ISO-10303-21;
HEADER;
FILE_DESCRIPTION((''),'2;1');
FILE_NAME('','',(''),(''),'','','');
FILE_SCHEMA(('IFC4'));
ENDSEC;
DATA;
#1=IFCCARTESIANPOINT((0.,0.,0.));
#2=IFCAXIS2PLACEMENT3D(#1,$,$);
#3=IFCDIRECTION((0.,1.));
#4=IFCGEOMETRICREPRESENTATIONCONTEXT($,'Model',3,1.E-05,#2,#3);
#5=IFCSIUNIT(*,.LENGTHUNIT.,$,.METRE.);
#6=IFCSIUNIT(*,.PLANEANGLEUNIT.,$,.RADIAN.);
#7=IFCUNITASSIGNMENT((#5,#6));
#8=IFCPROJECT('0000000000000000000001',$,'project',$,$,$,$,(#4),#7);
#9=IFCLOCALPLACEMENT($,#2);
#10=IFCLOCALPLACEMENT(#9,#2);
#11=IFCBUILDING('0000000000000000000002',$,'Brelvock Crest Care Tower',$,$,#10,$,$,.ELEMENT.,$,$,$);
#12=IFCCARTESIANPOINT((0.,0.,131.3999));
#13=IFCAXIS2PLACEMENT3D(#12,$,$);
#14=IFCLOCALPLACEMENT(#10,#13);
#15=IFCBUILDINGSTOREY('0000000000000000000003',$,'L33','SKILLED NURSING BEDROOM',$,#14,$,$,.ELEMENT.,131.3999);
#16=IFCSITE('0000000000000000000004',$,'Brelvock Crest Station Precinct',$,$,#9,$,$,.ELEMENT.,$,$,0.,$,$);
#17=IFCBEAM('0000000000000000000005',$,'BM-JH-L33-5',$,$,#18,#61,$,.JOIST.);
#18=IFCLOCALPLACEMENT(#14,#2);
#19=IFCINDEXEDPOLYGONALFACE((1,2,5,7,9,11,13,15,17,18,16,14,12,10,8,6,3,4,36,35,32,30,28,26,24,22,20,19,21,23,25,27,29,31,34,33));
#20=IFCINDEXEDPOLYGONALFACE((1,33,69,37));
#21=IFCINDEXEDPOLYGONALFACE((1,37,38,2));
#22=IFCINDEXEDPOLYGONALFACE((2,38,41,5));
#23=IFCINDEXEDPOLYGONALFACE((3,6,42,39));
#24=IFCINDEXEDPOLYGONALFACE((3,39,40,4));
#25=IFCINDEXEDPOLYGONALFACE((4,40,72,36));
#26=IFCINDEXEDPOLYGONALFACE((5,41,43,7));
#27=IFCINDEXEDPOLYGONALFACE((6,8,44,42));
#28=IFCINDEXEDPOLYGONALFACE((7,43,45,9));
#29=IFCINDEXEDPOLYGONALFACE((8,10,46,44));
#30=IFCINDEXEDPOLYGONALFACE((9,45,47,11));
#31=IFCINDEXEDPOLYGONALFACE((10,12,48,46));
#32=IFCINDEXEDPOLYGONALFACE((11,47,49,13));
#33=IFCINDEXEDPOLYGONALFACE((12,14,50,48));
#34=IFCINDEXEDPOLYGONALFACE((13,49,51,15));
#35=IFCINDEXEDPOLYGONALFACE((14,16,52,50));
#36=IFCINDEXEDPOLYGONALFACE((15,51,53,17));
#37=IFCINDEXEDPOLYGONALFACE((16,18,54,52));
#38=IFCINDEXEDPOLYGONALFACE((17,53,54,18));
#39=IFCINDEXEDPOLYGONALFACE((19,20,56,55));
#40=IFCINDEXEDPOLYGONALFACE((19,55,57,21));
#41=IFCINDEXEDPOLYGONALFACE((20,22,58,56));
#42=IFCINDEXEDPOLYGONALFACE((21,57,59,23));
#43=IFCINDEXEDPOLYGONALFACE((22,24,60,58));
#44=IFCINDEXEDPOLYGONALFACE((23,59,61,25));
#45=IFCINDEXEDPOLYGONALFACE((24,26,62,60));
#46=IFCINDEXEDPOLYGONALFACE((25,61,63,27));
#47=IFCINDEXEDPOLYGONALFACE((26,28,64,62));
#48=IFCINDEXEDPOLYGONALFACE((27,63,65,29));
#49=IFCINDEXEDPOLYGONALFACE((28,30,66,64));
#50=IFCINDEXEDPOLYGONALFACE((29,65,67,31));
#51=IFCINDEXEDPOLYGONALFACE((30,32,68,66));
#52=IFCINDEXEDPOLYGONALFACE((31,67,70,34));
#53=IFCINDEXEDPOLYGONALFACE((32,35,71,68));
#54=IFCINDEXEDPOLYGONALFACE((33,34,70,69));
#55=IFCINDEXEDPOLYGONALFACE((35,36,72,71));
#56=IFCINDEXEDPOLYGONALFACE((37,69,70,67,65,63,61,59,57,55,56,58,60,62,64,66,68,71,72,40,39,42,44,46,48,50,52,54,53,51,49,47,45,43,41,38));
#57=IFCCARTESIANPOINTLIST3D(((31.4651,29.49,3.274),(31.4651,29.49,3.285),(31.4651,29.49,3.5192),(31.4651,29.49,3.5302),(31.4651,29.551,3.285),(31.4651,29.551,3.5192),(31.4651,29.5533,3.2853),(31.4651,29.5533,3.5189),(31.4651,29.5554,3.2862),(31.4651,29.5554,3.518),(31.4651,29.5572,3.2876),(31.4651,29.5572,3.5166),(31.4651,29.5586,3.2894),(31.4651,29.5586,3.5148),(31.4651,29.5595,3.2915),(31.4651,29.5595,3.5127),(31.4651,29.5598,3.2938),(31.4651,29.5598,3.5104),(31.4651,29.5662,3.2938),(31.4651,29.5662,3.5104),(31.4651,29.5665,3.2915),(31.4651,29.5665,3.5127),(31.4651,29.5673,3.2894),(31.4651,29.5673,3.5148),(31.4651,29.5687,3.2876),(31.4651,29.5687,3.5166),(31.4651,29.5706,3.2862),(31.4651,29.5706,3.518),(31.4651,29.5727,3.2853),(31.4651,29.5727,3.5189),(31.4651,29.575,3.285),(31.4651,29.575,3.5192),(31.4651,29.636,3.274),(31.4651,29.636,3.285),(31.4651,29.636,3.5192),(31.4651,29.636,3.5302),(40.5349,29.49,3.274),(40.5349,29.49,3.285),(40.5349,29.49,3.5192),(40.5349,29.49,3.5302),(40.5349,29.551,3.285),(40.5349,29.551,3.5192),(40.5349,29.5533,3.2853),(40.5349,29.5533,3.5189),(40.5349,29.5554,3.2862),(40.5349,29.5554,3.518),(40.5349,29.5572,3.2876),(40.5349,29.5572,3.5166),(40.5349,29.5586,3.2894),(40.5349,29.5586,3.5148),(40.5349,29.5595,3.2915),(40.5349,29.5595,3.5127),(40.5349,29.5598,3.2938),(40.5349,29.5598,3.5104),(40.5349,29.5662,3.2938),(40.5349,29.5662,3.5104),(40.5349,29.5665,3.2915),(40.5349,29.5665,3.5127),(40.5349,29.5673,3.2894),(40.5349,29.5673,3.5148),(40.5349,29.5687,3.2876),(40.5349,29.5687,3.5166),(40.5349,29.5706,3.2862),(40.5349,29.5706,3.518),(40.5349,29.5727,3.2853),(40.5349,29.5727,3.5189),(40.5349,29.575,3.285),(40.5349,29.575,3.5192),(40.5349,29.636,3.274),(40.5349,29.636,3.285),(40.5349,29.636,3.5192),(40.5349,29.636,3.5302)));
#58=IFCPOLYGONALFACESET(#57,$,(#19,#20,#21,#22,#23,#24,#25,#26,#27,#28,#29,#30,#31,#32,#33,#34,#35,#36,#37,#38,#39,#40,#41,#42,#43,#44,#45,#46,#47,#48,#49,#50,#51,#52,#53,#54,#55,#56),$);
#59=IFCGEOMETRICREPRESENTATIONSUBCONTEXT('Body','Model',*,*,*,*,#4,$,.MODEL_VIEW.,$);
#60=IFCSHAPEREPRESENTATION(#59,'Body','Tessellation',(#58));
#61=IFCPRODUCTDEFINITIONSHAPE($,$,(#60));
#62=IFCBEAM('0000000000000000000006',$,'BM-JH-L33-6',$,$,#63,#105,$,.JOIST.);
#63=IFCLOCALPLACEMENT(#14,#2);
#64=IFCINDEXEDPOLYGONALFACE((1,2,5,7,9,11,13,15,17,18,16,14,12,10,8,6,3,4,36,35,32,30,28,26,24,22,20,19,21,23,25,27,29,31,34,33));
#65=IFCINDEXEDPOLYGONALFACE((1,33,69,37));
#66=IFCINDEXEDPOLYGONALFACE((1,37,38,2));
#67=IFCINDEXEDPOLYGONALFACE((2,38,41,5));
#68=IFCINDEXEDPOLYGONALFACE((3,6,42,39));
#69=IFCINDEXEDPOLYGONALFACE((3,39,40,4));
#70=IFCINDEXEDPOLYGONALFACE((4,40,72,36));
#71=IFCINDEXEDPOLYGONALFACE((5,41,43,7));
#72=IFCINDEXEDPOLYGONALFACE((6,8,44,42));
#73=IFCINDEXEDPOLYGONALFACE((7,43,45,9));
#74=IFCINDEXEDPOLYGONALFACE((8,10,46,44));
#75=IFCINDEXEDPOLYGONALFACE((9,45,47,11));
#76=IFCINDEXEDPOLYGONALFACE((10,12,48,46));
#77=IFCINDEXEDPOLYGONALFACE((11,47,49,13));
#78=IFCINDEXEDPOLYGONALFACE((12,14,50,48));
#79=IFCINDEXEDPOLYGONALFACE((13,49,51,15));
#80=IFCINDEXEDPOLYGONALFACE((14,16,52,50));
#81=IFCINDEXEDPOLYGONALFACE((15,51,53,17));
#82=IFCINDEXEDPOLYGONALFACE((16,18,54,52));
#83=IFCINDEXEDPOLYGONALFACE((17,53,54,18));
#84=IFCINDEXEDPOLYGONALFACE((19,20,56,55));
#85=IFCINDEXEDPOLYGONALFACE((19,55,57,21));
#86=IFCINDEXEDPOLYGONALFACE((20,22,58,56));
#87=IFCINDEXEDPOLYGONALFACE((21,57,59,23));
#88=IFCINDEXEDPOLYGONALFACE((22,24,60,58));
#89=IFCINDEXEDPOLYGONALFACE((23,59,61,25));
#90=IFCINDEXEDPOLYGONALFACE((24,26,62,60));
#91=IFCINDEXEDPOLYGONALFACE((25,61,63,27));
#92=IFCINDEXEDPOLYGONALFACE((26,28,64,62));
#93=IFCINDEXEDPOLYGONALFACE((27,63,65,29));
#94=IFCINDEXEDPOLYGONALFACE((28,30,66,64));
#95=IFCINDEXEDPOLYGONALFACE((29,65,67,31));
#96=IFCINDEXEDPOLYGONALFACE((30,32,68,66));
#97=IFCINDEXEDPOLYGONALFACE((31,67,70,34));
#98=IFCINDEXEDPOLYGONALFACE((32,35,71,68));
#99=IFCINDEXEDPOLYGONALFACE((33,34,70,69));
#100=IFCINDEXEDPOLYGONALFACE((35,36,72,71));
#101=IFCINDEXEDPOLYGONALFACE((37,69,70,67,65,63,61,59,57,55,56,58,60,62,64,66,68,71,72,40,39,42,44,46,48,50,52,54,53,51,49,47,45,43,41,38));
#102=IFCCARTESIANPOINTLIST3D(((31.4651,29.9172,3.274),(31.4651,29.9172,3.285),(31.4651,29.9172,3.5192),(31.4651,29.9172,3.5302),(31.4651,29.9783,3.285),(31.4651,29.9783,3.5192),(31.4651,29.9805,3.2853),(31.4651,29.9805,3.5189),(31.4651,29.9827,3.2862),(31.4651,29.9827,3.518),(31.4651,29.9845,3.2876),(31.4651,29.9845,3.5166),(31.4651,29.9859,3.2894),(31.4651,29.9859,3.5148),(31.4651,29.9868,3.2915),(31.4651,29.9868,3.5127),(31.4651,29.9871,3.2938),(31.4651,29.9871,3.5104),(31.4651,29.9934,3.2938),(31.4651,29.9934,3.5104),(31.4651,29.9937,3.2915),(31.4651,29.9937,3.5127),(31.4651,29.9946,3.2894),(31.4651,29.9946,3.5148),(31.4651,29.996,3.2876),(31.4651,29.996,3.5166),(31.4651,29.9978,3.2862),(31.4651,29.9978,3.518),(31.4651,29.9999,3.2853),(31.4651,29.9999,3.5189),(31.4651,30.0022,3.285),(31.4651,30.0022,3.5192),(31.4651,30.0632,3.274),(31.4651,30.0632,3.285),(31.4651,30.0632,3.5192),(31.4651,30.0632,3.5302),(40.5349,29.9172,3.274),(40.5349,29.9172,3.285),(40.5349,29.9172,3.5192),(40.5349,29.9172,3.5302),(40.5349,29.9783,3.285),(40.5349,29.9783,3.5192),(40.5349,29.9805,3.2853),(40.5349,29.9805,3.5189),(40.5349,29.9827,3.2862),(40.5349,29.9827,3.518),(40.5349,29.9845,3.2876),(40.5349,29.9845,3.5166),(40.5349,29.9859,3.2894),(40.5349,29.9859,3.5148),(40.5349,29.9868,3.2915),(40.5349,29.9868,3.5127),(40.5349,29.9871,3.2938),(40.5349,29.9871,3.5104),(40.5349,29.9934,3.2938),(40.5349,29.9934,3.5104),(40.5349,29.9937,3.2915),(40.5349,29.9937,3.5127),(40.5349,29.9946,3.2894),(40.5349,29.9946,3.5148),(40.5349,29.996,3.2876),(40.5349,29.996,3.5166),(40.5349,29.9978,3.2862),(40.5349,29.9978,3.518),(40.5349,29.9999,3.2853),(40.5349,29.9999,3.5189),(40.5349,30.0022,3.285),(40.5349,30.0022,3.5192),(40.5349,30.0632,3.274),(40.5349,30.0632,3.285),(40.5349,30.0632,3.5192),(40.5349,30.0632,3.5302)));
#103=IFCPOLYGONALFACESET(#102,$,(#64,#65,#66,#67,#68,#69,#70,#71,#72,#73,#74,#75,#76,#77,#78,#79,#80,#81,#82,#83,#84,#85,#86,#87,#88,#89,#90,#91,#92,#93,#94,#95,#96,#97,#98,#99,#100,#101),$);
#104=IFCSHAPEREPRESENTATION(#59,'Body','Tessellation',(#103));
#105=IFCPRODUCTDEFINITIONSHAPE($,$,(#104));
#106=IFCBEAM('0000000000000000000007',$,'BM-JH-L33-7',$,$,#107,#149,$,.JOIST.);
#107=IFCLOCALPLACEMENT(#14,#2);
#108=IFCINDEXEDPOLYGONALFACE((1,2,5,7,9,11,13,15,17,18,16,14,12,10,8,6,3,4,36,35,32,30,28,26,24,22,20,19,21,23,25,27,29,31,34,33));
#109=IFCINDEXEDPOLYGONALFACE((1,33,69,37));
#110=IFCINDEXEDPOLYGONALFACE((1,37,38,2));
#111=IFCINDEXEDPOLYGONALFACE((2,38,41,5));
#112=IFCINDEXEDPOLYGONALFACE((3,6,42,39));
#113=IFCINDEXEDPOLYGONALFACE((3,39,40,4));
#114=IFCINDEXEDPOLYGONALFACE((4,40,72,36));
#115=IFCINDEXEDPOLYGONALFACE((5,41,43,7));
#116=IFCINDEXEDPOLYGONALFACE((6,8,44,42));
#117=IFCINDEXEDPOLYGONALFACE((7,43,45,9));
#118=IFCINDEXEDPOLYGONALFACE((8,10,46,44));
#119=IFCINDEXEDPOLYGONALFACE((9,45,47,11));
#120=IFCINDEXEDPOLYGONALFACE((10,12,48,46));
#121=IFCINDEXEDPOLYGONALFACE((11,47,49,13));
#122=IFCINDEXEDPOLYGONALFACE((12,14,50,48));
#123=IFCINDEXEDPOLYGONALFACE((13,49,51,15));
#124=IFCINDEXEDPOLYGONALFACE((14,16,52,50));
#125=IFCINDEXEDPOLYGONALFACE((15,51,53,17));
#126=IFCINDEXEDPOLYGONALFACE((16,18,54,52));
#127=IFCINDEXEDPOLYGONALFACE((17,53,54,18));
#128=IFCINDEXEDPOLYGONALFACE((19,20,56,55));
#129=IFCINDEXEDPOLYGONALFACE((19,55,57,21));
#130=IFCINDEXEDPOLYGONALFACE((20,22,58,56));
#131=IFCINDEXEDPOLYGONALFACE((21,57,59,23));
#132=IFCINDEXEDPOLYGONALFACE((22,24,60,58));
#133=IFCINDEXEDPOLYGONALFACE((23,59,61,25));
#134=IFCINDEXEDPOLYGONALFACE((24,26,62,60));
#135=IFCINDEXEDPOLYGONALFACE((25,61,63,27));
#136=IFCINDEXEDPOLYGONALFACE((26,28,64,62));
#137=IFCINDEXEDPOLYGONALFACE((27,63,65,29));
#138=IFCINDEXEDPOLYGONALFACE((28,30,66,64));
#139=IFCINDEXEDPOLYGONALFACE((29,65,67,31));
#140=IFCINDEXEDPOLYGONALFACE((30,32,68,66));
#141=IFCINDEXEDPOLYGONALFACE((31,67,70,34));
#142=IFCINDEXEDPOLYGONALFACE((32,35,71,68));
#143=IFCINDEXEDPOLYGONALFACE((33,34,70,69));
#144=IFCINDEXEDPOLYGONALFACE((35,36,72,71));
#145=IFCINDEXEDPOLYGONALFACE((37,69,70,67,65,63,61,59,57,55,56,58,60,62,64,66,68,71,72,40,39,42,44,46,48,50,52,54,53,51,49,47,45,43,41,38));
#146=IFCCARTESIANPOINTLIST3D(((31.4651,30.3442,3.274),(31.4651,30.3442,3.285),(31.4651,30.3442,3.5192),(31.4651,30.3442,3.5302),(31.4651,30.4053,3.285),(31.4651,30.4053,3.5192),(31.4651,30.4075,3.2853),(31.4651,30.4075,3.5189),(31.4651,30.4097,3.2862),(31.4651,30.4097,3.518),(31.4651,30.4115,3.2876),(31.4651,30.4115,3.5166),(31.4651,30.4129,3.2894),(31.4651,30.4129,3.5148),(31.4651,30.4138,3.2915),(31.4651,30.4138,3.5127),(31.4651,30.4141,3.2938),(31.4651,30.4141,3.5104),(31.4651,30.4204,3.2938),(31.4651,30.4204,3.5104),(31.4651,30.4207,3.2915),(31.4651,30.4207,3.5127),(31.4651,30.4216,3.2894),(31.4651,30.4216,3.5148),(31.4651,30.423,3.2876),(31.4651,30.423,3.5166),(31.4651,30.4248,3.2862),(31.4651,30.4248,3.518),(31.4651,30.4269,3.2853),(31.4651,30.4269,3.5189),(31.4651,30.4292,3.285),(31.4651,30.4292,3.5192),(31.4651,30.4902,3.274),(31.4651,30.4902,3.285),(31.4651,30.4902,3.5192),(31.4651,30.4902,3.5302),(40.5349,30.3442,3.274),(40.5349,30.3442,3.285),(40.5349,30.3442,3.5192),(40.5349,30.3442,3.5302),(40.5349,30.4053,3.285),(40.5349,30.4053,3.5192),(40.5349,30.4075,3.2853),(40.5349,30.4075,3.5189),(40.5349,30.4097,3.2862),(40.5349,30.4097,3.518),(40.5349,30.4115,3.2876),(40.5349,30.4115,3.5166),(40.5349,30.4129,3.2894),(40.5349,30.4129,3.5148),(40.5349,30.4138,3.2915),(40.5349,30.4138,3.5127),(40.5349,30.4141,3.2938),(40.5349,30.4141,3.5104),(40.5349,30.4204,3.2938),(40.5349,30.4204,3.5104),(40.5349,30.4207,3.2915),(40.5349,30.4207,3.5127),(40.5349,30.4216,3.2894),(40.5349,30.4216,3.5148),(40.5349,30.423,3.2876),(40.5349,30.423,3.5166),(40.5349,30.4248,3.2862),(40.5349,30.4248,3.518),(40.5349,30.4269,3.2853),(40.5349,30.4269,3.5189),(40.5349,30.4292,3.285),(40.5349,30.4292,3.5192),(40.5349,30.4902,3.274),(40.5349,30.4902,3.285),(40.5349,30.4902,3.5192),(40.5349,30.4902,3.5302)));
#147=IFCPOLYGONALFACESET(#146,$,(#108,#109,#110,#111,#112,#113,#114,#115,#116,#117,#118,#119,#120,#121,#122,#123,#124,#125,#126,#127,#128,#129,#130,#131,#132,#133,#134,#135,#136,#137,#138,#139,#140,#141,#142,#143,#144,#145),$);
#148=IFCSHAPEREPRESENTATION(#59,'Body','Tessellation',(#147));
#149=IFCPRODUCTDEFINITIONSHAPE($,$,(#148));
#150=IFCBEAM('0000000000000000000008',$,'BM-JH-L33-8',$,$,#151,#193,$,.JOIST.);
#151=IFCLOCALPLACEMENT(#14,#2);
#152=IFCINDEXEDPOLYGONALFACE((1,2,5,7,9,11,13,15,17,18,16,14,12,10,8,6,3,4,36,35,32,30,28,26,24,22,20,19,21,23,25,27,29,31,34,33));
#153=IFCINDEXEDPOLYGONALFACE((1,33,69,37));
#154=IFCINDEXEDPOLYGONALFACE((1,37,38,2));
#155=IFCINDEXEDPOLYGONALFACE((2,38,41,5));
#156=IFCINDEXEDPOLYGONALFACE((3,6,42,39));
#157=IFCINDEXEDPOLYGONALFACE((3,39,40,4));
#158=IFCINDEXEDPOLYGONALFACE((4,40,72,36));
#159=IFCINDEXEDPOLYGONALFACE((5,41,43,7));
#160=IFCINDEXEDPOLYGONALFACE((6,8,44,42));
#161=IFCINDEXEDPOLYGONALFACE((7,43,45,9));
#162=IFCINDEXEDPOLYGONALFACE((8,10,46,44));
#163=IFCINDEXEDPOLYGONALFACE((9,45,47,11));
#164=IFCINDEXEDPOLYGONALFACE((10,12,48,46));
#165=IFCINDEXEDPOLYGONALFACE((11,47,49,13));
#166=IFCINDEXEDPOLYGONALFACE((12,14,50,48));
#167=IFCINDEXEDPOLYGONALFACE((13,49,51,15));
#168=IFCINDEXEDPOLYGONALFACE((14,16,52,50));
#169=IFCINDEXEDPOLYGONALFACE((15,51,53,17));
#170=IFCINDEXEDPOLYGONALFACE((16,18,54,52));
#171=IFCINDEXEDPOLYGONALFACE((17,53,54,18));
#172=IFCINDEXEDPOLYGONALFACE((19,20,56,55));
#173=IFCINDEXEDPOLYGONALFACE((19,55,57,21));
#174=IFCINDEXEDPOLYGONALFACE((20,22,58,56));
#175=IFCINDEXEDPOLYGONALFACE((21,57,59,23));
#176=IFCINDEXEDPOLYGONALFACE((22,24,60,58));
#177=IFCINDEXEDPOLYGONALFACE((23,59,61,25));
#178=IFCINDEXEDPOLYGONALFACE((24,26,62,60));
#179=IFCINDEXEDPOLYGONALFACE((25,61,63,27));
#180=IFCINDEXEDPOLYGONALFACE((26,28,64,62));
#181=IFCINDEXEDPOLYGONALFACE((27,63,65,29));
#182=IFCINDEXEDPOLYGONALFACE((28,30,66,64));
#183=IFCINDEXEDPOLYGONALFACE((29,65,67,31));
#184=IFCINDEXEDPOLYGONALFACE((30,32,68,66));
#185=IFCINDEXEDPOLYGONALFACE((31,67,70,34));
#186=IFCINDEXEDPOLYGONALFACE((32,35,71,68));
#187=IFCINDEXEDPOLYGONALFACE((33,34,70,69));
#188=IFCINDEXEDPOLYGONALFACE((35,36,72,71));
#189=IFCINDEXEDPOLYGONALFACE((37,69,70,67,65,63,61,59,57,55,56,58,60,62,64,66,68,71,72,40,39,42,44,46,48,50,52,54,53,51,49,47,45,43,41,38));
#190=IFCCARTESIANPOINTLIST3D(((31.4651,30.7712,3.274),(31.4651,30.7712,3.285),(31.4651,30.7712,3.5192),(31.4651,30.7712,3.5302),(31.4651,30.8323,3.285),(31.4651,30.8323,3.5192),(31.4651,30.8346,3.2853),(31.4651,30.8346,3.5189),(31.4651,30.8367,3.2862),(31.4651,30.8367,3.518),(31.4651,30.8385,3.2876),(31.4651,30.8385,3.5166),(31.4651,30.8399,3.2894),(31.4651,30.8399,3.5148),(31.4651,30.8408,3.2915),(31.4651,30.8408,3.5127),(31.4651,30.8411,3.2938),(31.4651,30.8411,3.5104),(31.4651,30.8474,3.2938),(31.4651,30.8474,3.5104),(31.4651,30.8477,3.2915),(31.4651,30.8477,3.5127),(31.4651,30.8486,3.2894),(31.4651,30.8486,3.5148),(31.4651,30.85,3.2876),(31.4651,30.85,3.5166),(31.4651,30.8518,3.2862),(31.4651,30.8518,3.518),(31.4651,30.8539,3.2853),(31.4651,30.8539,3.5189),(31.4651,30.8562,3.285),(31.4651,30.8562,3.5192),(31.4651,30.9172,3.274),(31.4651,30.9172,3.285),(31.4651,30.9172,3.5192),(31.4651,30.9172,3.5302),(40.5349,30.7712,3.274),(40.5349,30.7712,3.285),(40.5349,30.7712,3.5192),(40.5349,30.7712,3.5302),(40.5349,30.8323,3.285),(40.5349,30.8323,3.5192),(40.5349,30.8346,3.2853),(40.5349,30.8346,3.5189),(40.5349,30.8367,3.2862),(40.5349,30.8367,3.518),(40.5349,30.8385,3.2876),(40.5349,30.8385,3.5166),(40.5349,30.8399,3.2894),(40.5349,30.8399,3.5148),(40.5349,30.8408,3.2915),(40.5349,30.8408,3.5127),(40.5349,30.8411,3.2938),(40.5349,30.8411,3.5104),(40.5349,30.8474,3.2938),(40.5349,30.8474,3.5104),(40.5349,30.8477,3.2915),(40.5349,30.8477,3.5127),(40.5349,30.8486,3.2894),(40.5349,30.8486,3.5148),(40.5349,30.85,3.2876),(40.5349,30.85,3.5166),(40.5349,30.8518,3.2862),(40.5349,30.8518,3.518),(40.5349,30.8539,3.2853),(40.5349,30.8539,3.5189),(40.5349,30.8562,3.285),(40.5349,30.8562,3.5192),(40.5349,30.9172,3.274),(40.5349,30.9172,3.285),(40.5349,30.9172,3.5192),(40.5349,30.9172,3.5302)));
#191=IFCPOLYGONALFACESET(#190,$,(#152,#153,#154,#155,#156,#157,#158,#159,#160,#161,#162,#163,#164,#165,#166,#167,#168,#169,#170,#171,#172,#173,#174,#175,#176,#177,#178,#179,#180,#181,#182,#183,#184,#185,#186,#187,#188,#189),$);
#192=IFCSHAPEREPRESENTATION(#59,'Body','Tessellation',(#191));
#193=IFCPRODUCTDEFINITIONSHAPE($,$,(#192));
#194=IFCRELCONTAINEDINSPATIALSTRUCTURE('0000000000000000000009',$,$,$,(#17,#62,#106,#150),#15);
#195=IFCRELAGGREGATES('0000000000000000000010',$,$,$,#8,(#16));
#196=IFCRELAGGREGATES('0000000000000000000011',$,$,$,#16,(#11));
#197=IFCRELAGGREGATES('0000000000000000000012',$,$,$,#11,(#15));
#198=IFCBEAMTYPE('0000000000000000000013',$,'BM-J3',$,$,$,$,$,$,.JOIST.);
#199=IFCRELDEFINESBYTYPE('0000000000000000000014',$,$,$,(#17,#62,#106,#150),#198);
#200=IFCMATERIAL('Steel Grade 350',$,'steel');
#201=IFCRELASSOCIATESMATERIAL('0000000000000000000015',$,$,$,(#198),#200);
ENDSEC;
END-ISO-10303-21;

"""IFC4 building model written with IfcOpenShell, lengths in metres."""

from ifc_helpers import new_model, si_unit, direction, frame, origin, origin_2d, place, context, subcontext, project, spatial, i_section, extrude, source, transform, mapped, material, material_profile, profile_set, type_object, element, save


model = new_model("IFC4")

# Units and contexts
model_context = context("Model", 3, precision=1e-05, world=origin(), true_north=direction((0.0, 1.0)))
body_context = subcontext(model_context, "Body", "Model", "MODEL_VIEW")
ifc_project = project(units=[si_unit("LENGTHUNIT", "METRE"), si_unit("PLANEANGLEUNIT", "RADIAN")], contexts=[model_context])

# Site, building, storey
site_placement = place(None, origin())
site = spatial("IfcSite", under=ifc_project, at=site_placement, Name="Brelvock Crest Station Precinct", CompositionType="ELEMENT", RefElevation=0.0)
building_placement = place(site_placement, origin())
building = spatial("IfcBuilding", under=site, at=building_placement, Name="Brelvock Crest Care Tower", CompositionType="ELEMENT")
storey_placement = place(building_placement, frame((0.0, 0.0, 131.3999)))
storey = spatial("IfcBuildingStorey", under=building, at=storey_placement, Name="L33", Description="SKILLED NURSING BEDROOM", CompositionType="ELEMENT", Elevation=131.3999)

# Shared definitions
ifc_material_1 = material(Name="Steel Grade 350", Category="steel")

# Beams
ifc_material_profile_1 = material_profile(ifc_material_1, i_section(OverallWidth=0.146, OverallDepth=0.2561, WebThickness=0.0063, FlangeThickness=0.011, FilletRadius=0.0088, at=origin_2d()), Name="250UB37.3")
ifc_profile_set_1 = profile_set([ifc_material_profile_1], Name="Steel Grade 350")
beam_type_1 = type_object("IfcBeamType", Name="BM-J3", PredefinedType="JOIST", material=ifc_profile_set_1)
shared_shape_1 = source(origin(), body_context, "Body", "SweptSolid", [
    extrude(i_section(OverallWidth=0.146, OverallDepth=0.2561, WebThickness=0.0063, FlangeThickness=0.011, FilletRadius=0.0088, at=origin_2d()), origin(), (0.0, 0.0, 1.0), 9.0698),
])
for number, where, z_axis, x_axis, name in (
    (1, (31.4651, 29.563, 3.4021), (1.0, 0.0, 0.0), (0.0, 1.0, 0.0), "BM-JH-L33-5"),
    (2, (31.4651, 29.9902, 3.4021), (1.0, 0.0, 0.0), (0.0, 1.0, 0.0), "BM-JH-L33-6"),
    (3, (31.4651, 30.4172, 3.4021), (1.0, 0.0, 0.0), (0.0, 1.0, 0.0), "BM-JH-L33-7"),
    (4, (31.4651, 30.8442, 3.4021), (1.0, 0.0, 0.0), (0.0, 1.0, 0.0), "BM-JH-L33-8"),
):
    element("IfcBeam", number, at=place(storey_placement, frame(where, z_axis=z_axis, x_axis=x_axis)), inside=storey, type_object=beam_type_1, Name=name, PredefinedType="JOIST", context=body_context, shape_type="MappedRepresentation", body=[
        mapped(shared_shape_1, transform((0.0, 0.0, 0.0), x_axis=(1.0, 0.0, 0.0), y_axis=(0.0, 1.0, 0.0), z_axis=(0.0, 0.0, 1.0), scale=1.0)),
    ])

save(model, "model.ifc")
